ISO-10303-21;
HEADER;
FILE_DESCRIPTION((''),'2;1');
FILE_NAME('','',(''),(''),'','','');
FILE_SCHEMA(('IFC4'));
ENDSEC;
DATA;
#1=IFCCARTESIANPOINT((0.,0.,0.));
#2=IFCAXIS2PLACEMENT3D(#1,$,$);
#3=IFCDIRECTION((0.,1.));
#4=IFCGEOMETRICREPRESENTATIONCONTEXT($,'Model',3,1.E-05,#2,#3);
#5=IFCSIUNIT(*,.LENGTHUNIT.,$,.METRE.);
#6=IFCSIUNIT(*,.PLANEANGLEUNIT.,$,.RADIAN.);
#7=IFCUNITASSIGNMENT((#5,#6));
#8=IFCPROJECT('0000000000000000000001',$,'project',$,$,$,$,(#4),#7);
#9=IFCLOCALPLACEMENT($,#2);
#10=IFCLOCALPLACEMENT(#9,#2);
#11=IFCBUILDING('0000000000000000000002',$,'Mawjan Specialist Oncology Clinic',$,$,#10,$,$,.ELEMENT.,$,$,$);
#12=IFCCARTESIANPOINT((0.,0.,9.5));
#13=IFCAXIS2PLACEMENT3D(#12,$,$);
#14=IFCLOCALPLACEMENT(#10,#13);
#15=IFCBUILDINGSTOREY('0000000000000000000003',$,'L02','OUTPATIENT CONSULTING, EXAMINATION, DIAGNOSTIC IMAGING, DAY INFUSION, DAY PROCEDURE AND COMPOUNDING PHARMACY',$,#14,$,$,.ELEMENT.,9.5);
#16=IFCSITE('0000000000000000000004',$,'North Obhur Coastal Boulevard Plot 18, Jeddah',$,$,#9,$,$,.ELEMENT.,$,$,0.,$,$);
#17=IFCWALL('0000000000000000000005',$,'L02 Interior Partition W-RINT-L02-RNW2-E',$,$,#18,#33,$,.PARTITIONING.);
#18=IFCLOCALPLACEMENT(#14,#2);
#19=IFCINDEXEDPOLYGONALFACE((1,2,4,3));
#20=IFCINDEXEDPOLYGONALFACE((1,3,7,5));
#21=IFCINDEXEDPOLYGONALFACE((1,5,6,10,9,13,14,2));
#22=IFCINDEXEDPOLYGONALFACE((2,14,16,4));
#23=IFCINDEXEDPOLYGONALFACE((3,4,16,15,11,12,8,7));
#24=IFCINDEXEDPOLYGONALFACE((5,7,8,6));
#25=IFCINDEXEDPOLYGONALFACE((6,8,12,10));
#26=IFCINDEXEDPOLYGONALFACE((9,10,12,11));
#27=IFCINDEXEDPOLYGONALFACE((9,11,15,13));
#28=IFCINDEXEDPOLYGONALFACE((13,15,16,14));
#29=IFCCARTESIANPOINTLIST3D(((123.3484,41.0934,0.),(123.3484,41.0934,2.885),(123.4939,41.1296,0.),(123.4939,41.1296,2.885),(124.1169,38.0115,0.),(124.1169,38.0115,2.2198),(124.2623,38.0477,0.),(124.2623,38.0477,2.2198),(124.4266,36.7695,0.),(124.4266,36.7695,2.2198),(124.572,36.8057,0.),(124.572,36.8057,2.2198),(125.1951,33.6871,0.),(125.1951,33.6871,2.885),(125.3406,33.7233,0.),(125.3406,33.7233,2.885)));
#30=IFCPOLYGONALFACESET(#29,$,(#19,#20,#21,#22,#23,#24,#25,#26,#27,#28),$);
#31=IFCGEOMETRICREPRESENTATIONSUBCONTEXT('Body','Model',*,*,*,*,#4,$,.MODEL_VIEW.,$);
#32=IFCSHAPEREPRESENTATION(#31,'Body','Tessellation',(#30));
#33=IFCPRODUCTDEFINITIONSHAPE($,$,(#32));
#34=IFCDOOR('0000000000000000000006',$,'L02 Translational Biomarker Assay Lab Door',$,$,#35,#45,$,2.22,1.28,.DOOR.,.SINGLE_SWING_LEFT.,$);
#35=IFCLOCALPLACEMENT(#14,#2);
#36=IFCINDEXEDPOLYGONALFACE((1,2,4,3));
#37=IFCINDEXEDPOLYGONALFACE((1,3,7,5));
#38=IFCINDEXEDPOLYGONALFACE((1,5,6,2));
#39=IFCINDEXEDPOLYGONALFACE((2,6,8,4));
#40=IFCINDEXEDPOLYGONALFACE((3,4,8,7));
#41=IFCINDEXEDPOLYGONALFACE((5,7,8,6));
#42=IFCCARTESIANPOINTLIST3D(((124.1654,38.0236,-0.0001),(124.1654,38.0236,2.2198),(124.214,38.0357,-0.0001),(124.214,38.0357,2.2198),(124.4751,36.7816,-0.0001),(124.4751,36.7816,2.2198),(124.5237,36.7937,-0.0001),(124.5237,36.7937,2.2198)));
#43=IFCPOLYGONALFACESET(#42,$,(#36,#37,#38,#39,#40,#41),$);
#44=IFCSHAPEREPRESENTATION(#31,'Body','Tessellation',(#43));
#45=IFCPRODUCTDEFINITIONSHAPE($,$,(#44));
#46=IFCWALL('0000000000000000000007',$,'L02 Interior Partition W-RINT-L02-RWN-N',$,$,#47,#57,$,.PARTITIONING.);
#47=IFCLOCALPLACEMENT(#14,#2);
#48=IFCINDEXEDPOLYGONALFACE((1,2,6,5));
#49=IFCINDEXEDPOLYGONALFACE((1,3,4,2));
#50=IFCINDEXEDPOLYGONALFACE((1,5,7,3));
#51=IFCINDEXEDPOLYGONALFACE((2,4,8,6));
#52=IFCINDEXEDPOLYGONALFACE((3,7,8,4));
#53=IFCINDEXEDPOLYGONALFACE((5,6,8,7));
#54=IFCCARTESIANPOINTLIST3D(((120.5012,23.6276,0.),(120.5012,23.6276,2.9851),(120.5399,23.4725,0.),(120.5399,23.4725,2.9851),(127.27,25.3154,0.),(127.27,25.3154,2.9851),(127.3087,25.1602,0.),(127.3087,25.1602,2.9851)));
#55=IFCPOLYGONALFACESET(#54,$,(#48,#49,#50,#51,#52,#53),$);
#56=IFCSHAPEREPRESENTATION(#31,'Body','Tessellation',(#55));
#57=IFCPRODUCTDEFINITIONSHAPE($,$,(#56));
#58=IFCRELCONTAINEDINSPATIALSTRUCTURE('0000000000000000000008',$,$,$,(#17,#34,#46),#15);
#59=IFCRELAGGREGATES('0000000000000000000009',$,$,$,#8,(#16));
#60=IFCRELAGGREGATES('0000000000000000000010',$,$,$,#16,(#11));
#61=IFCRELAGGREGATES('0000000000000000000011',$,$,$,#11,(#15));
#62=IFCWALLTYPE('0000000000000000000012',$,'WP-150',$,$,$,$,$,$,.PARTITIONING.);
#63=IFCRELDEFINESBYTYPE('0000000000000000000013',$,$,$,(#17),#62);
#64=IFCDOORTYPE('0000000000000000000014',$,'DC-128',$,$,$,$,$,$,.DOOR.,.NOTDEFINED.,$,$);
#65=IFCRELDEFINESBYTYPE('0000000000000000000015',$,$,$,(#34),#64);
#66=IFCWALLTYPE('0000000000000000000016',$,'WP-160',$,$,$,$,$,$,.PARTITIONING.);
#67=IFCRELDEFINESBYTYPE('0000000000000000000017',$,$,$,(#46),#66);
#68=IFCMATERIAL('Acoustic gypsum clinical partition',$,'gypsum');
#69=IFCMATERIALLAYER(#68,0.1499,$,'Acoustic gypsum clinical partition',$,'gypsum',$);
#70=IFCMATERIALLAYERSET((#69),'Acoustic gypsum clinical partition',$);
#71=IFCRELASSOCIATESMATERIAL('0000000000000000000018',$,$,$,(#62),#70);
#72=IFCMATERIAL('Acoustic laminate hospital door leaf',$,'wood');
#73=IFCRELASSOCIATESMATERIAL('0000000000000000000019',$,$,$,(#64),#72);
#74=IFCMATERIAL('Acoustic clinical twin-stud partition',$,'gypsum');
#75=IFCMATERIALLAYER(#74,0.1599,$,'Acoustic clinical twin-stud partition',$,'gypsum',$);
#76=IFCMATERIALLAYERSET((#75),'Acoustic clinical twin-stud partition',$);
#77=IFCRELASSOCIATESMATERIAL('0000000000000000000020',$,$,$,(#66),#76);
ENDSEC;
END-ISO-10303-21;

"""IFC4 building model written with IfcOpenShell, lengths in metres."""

from ifc_helpers import new_model, si_unit, direction, frame, frame_2d, origin, place, context, subcontext, project, spatial, rectangle, extrude, material, layer, layer_set, type_object, element, fill, save


model = new_model("IFC4")

# Units and contexts
model_context = context("Model", 3, precision=1e-05, world=origin(), true_north=direction((0.0, 1.0)))
body_context = subcontext(model_context, "Body", "Model", "MODEL_VIEW")
ifc_project = project(units=[si_unit("LENGTHUNIT", "METRE"), si_unit("PLANEANGLEUNIT", "RADIAN")], contexts=[model_context])

# Site, building, storey
site_placement = place(None, origin())
site = spatial("IfcSite", under=ifc_project, at=site_placement, Name="North Obhur Coastal Boulevard Plot 18, Jeddah", CompositionType="ELEMENT", RefElevation=0.0)
building_placement = place(site_placement, origin())
building = spatial("IfcBuilding", under=site, at=building_placement, Name="Mawjan Specialist Oncology Clinic", CompositionType="ELEMENT")
storey_placement = place(building_placement, frame((0.0, 0.0, 9.5)))
storey = spatial("IfcBuildingStorey", under=building, at=storey_placement, Name="L02", Description="OUTPATIENT CONSULTING, EXAMINATION, DIAGNOSTIC IMAGING, DAY INFUSION, DAY PROCEDURE AND COMPOUNDING PHARMACY", CompositionType="ELEMENT", Elevation=9.5)

# Wall, opening, door
ifc_material_1 = material(Name="Acoustic gypsum clinical partition", Category="gypsum")
ifc_layer_1 = layer(ifc_material_1, 0.1499, Name="Acoustic gypsum clinical partition", Category="gypsum")
ifc_layer_set_1 = layer_set([ifc_layer_1], Name="Acoustic gypsum clinical partition")
wall_type_1 = type_object("IfcWallType", Name="WP-150", PredefinedType="PARTITIONING", material=ifc_layer_set_1)
wall_1_placement = place(storey_placement, frame((125.2678, 33.7053, 0.0), z_axis=(0.0, 0.0, 1.0), x_axis=(-0.241934, 0.970293, 0.0)))
wall_1 = element("IfcWall", 1, at=wall_1_placement, inside=storey, type_object=wall_type_1, Name="L02 Interior Partition W-RINT-L02-RNW2-E", PredefinedType="PARTITIONING", context=body_context, shape_type="SweptSolid", body=[
    extrude(rectangle(XDim=7.6331, YDim=0.1499, at=frame_2d((3.8164, 0.0))), origin(), (0.0, 0.0, 1.0), 2.885),
])
opening_1_placement = place(wall_1_placement, frame((3.1765, 0.0, 0.0)))
opening_1 = element("IfcOpeningElement", 2, at=opening_1_placement, cuts=wall_1, PredefinedType="OPENING", context=body_context, shape_type="SweptSolid", body=[
    extrude(rectangle(XDim=1.28, YDim=2.22, at=frame_2d((0.6401, 1.1099))), frame((0.0, 0.0869, 0.0), z_axis=(0.0, -1.0, 0.0), x_axis=(1.0, 0.0, 0.0)), (0.0, 0.0, 1.0), 0.1738),
])
ifc_material_2 = material(Name="Acoustic laminate hospital door leaf", Category="wood")
door_type_1 = type_object("IfcDoorType", Name="DC-128", OperationType="NOTDEFINED", PredefinedType="DOOR", material=ifc_material_2)
door_1_placement = place(opening_1_placement, origin())
door_1 = element("IfcDoor", 3, at=door_1_placement, inside=storey, type_object=door_type_1, Name="L02 Translational Biomarker Assay Lab Door", OperationType="SINGLE_SWING_LEFT", OverallHeight=2.22, OverallWidth=1.28, PredefinedType="DOOR", context=body_context, shape_type="SweptSolid", body=[
    extrude(rectangle(XDim=1.28, YDim=2.22, at=frame_2d((0.6401, 1.1099))), frame((0.0, 0.0249, 0.0), z_axis=(0.0, -1.0, 0.0), x_axis=(1.0, 0.0, 0.0)), (0.0, 0.0, 1.0), 0.05),
])
fill(opening_1, door_1)

# Wall
ifc_material_3 = material(Name="Acoustic clinical twin-stud partition", Category="gypsum")
ifc_layer_2 = layer(ifc_material_3, 0.1599, Name="Acoustic clinical twin-stud partition", Category="gypsum")
ifc_layer_set_2 = layer_set([ifc_layer_2], Name="Acoustic clinical twin-stud partition")
wall_type_2 = type_object("IfcWallType", Name="WP-160", PredefinedType="PARTITIONING", material=ifc_layer_set_2)
wall_2_placement = place(storey_placement, frame((120.5205, 23.55, 0.0), z_axis=(0.0, 0.0, 1.0), x_axis=(0.970293, 0.241934, 0.0)))
element("IfcWall", 4, at=wall_2_placement, inside=storey, type_object=wall_type_2, Name="L02 Interior Partition W-RINT-L02-RWN-N", PredefinedType="PARTITIONING", context=body_context, shape_type="SweptSolid", body=[
    extrude(rectangle(XDim=6.9761, YDim=0.1599, at=frame_2d((3.488, 0.0))), origin(), (0.0, 0.0, 1.0), 2.9851),
])

save(model, "model.ifc")
